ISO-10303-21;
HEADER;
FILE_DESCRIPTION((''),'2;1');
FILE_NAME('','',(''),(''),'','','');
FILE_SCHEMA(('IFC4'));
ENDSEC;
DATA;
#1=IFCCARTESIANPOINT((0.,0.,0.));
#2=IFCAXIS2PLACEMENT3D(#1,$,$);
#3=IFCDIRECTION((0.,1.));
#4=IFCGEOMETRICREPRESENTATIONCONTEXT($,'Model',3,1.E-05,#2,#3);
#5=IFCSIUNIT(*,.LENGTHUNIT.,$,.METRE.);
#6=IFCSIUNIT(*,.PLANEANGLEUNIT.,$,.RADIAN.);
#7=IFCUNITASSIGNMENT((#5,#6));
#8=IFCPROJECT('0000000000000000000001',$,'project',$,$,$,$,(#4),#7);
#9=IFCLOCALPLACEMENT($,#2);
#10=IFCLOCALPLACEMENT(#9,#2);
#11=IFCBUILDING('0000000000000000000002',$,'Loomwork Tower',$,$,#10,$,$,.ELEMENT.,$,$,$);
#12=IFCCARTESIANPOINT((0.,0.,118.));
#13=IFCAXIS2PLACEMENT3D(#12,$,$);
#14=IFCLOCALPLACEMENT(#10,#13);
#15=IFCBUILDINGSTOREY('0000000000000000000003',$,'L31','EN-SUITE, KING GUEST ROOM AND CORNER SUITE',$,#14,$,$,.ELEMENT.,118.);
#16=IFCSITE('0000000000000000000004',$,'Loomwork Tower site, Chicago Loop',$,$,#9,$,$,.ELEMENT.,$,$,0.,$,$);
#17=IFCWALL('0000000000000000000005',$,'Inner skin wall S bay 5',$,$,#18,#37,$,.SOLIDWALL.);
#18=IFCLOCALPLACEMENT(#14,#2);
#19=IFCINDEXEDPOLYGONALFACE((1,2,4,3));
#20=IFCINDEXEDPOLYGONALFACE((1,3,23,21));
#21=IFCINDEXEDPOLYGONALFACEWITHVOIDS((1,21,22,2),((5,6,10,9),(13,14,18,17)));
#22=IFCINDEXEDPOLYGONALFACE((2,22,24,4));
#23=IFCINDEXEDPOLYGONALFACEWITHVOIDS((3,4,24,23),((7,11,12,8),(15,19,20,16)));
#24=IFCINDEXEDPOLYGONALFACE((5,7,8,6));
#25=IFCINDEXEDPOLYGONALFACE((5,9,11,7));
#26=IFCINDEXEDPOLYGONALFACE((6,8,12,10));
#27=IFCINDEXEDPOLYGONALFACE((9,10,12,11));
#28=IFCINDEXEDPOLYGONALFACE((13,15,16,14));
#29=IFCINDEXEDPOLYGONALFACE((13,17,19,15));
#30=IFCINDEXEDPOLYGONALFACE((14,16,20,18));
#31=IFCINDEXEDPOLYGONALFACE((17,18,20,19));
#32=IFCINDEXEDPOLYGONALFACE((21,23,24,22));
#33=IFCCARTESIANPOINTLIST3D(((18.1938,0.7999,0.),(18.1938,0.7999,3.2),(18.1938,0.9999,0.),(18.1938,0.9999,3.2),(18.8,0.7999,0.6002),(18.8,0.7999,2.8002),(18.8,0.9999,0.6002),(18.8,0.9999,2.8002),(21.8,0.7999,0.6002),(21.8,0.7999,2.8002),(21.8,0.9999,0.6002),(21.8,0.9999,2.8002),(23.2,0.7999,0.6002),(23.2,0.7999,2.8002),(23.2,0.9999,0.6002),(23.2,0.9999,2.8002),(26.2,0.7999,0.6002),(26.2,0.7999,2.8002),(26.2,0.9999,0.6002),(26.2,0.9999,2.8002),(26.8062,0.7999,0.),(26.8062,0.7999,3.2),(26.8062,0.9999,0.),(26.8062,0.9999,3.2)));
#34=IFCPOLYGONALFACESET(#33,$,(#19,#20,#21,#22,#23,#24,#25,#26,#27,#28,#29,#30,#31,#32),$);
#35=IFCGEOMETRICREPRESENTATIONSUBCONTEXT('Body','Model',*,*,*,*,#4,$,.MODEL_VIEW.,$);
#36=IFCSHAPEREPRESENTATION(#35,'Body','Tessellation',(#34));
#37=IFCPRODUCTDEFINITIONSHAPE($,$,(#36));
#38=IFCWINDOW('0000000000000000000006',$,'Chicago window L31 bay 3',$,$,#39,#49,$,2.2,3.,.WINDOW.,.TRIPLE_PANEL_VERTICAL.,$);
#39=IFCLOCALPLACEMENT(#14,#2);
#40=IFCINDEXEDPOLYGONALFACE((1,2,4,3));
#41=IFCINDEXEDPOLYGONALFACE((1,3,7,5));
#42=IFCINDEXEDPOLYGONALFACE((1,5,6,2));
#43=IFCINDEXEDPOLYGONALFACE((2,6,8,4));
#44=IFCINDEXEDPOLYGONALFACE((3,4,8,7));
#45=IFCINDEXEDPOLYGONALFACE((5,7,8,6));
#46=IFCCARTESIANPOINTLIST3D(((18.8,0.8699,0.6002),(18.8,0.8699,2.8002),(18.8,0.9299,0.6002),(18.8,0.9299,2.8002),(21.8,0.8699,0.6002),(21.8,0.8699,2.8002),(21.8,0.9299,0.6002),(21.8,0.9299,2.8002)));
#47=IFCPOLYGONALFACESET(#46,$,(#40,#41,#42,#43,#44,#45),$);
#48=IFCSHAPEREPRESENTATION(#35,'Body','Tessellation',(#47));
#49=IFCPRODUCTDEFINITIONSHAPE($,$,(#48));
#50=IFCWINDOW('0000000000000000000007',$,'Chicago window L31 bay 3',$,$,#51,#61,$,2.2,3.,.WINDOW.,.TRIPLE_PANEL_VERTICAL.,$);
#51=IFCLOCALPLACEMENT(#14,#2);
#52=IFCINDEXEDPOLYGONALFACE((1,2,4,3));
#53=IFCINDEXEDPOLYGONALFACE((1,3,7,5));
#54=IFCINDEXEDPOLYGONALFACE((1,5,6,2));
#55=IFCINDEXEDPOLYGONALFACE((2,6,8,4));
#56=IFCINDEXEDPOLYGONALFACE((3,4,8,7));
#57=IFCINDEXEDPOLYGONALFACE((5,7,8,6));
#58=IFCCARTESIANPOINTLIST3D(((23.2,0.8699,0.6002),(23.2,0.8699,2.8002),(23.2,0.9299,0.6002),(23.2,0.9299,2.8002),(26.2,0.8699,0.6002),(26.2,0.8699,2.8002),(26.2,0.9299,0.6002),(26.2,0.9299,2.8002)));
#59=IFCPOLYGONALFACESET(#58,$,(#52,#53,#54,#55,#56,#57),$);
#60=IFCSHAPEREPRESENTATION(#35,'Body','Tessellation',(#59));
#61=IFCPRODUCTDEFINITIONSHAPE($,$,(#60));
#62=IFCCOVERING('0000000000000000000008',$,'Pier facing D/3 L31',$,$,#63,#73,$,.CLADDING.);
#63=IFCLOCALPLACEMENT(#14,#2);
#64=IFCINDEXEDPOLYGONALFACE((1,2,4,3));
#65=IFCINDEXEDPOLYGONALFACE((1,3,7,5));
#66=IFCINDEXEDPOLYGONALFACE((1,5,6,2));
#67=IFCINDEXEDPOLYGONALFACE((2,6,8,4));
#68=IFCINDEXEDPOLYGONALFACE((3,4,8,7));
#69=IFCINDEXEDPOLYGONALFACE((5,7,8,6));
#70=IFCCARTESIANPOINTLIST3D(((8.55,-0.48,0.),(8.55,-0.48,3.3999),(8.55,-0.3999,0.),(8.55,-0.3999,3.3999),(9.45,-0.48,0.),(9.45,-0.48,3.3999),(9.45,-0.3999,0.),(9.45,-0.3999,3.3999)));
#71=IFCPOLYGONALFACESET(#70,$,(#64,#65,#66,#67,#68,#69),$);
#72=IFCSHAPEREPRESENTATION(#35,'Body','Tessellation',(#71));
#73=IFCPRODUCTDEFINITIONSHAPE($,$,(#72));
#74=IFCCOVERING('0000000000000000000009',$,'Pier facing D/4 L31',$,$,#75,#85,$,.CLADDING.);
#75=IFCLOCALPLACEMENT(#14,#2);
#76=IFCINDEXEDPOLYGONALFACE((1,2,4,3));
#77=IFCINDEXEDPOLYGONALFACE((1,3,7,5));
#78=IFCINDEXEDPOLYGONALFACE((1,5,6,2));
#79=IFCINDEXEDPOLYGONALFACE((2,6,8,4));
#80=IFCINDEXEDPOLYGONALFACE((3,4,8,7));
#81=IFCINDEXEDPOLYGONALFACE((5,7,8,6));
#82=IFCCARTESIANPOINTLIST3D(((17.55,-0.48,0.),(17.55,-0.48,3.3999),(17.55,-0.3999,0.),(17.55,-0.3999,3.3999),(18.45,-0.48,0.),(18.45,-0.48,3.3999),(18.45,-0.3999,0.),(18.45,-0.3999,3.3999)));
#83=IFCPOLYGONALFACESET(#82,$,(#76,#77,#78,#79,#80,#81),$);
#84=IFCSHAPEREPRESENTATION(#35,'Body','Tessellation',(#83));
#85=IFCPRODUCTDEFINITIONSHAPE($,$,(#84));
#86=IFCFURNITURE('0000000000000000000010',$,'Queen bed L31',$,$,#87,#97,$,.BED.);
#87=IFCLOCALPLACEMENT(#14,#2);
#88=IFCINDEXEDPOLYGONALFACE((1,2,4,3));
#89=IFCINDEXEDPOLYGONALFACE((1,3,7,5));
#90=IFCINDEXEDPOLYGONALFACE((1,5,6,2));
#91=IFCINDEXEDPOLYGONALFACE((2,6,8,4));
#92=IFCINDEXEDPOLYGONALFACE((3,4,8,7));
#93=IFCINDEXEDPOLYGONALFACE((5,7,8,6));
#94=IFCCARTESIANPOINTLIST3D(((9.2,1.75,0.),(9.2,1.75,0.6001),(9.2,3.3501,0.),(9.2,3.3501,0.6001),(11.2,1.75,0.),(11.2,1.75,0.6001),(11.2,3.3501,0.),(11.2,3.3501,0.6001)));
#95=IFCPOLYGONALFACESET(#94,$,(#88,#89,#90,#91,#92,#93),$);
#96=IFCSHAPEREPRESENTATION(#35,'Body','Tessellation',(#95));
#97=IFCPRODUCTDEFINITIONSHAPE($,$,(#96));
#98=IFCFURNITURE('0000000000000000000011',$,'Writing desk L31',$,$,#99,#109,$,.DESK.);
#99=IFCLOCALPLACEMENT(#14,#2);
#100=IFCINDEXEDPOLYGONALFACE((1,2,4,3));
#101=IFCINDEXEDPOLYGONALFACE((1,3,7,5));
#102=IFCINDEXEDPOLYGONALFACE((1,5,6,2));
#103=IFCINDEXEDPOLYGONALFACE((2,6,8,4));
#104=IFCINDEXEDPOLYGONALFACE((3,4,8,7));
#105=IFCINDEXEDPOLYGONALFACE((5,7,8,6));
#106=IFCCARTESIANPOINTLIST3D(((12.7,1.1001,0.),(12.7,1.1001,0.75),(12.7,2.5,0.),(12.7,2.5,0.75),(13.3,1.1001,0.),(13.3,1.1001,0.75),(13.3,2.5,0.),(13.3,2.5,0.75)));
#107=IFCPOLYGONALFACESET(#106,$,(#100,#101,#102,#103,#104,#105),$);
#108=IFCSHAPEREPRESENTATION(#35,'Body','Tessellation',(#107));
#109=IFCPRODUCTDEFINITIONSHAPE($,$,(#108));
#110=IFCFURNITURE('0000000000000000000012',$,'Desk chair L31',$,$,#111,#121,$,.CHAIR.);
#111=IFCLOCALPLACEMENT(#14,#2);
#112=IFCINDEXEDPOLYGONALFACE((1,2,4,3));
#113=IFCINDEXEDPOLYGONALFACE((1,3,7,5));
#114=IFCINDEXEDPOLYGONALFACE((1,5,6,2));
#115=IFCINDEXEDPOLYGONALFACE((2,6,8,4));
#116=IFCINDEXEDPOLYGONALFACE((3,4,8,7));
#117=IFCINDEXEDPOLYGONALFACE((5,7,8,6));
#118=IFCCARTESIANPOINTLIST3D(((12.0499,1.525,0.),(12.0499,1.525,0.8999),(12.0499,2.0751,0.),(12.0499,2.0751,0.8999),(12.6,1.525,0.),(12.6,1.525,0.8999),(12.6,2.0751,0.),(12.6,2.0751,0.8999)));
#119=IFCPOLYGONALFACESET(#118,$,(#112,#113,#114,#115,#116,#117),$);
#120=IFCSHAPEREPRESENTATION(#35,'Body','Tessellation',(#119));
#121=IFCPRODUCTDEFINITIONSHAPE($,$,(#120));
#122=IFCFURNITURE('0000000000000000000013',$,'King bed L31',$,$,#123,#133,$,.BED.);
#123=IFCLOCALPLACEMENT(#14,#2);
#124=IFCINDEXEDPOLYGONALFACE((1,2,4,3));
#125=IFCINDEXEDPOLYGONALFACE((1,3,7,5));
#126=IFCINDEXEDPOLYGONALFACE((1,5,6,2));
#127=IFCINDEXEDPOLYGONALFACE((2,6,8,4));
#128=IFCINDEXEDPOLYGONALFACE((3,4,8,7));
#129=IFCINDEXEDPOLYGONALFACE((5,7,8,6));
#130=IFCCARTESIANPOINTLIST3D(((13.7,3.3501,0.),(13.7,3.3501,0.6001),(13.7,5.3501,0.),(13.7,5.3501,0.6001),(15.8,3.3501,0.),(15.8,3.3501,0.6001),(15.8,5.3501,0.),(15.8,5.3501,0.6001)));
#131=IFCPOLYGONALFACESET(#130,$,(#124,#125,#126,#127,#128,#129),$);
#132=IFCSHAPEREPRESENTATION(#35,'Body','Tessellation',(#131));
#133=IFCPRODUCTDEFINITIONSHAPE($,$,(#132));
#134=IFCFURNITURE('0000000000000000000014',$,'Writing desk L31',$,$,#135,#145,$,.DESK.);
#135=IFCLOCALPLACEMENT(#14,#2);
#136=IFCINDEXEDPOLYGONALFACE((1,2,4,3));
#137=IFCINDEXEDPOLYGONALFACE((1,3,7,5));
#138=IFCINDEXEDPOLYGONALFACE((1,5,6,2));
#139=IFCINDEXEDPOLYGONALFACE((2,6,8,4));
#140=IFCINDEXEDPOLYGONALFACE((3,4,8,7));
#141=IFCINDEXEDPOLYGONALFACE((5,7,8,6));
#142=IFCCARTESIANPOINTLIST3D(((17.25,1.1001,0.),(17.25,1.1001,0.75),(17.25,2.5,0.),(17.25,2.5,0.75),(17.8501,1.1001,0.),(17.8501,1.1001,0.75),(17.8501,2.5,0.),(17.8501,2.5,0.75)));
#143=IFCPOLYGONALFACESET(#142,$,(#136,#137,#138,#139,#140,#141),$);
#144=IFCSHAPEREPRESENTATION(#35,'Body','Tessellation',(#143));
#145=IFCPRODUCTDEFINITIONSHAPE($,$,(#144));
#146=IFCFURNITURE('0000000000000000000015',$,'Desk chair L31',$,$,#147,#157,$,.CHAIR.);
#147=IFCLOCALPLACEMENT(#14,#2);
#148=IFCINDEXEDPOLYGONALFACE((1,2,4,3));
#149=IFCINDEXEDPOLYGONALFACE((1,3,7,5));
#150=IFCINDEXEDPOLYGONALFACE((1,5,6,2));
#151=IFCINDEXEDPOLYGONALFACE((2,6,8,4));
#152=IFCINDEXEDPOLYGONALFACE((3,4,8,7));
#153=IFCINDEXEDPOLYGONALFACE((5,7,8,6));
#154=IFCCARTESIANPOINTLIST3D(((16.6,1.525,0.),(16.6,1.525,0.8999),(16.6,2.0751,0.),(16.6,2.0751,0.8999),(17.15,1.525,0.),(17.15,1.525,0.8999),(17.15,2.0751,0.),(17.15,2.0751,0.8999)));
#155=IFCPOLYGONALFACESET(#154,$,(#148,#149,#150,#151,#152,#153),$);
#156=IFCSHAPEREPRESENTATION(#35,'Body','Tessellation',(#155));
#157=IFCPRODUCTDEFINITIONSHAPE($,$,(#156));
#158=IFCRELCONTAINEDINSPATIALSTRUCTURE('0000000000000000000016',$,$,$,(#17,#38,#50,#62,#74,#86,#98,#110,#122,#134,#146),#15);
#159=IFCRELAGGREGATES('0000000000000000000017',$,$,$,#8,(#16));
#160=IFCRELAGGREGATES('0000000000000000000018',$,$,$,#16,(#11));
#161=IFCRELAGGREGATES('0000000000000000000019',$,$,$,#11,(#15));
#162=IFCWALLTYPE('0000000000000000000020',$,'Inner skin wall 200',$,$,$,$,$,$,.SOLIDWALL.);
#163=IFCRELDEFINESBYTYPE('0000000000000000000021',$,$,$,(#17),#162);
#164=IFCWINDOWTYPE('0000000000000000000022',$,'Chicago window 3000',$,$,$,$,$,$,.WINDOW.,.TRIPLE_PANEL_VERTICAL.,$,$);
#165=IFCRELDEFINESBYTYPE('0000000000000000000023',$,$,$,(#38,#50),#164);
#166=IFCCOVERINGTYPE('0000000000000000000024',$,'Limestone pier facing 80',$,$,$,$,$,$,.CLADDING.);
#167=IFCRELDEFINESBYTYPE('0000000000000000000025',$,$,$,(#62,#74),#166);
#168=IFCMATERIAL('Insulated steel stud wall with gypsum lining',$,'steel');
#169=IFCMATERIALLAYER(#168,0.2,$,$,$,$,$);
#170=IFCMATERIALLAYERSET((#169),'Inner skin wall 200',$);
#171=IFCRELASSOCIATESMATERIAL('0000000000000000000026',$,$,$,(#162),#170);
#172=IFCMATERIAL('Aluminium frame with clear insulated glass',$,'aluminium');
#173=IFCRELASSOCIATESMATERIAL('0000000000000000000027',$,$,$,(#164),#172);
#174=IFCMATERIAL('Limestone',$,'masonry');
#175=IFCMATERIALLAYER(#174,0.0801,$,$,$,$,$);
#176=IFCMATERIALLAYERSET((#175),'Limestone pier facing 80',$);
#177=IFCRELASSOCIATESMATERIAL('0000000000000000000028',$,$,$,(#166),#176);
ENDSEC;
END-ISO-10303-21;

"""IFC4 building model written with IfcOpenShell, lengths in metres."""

from ifc_helpers import new_model, si_unit, direction, frame, frame_2d, origin, origin_2d, place, context, subcontext, project, spatial, rectangle, extrude, material, layer, layer_set, type_object, element, fill, save


model = new_model("IFC4")

# Units and contexts
model_context = context("Model", 3, precision=1e-05, world=origin(), true_north=direction((0.0, 1.0)))
body_context = subcontext(model_context, "Body", "Model", "MODEL_VIEW")
ifc_project = project(units=[si_unit("LENGTHUNIT", "METRE"), si_unit("PLANEANGLEUNIT", "RADIAN")], contexts=[model_context])

# Site, building, storey
site_placement = place(None, origin())
site = spatial("IfcSite", under=ifc_project, at=site_placement, Name="Loomwork Tower site, Chicago Loop", CompositionType="ELEMENT", RefElevation=0.0)
building_placement = place(site_placement, origin())
building = spatial("IfcBuilding", under=site, at=building_placement, Name="Loomwork Tower", CompositionType="ELEMENT")
storey_placement = place(building_placement, frame((0.0, 0.0, 118.0)))
storey = spatial("IfcBuildingStorey", under=building, at=storey_placement, Name="L31", Description="EN-SUITE, KING GUEST ROOM AND CORNER SUITE", CompositionType="ELEMENT", Elevation=118.0)

# Shared definitions
ifc_material_1 = material(Name="Insulated steel stud wall with gypsum lining", Category="steel")
ifc_layer_1 = layer(ifc_material_1, 0.2)
ifc_layer_set_1 = layer_set([ifc_layer_1], Name="Inner skin wall 200")
wall_type_1 = type_object("IfcWallType", Name="Inner skin wall 200", PredefinedType="SOLIDWALL", material=ifc_layer_set_1)

# Shared definitions
ifc_material_2 = material(Name="Aluminium frame with clear insulated glass", Category="aluminium")
window_type = type_object("IfcWindowType", Name="Chicago window 3000", PartitioningType="TRIPLE_PANEL_VERTICAL", PredefinedType="WINDOW", material=ifc_material_2)

# Wall, openings, windows
wall_1_placement = place(storey_placement, frame((18.1938, 0.8999, 0.0), z_axis=(0.0, 0.0, 1.0), x_axis=(1.0, 0.0, 0.0)))
wall_1 = element("IfcWall", 1, at=wall_1_placement, inside=storey, type_object=wall_type_1, Name="Inner skin wall S bay 5", PredefinedType="SOLIDWALL", context=body_context, shape_type="SweptSolid", body=[
    extrude(rectangle(XDim=8.6123, YDim=0.2, at=frame_2d((4.3062, 0.0))), origin(), (0.0, 0.0, 1.0), 3.2),
])
opening_1_placement = place(wall_1_placement, frame((0.6062, 0.0, 0.6001)))
opening_1 = element("IfcOpeningElement", 2, at=opening_1_placement, cuts=wall_1, PredefinedType="OPENING", context=body_context, shape_type="SweptSolid", body=[
    extrude(rectangle(XDim=3.0, YDim=2.2, at=frame_2d((1.5, 1.1001))), frame((0.0, 0.1099, 0.0), z_axis=(0.0, -1.0, 0.0), x_axis=(1.0, 0.0, 0.0)), (0.0, 0.0, 1.0), 0.22),
])
opening_2_placement = place(wall_1_placement, frame((5.0061, 0.0, 0.6001)))
opening_2 = element("IfcOpeningElement", 3, at=opening_2_placement, cuts=wall_1, PredefinedType="OPENING", context=body_context, shape_type="SweptSolid", body=[
    extrude(rectangle(XDim=3.0, YDim=2.2, at=frame_2d((1.5, 1.1001))), frame((0.0, 0.1099, 0.0), z_axis=(0.0, -1.0, 0.0), x_axis=(1.0, 0.0, 0.0)), (0.0, 0.0, 1.0), 0.22),
])
window_1_placement = place(opening_1_placement, origin())
window_1 = element("IfcWindow", 4, at=window_1_placement, inside=storey, type_object=window_type, Name="Chicago window L31 bay 3", OverallHeight=2.2, OverallWidth=3.0, PartitioningType="TRIPLE_PANEL_VERTICAL", PredefinedType="WINDOW", context=body_context, shape_type="SweptSolid", body=[
    extrude(rectangle(XDim=3.0, YDim=2.2, at=frame_2d((1.5, 1.1001))), frame((0.0, 0.03, 0.0), z_axis=(0.0, -1.0, 0.0), x_axis=(1.0, 0.0, 0.0)), (0.0, 0.0, 1.0), 0.0601),
])
fill(opening_1, window_1)
window_2_placement = place(opening_2_placement, origin())
window_2 = element("IfcWindow", 5, at=window_2_placement, inside=storey, type_object=window_type, Name="Chicago window L31 bay 3", OverallHeight=2.2, OverallWidth=3.0, PartitioningType="TRIPLE_PANEL_VERTICAL", PredefinedType="WINDOW", context=body_context, shape_type="SweptSolid", body=[
    extrude(rectangle(XDim=3.0, YDim=2.2, at=frame_2d((1.5, 1.1001))), frame((0.0, 0.03, 0.0), z_axis=(0.0, -1.0, 0.0), x_axis=(1.0, 0.0, 0.0)), (0.0, 0.0, 1.0), 0.0601),
])
fill(opening_2, window_2)

# Coverings
ifc_material_3 = material(Name="Limestone", Category="masonry")
ifc_layer_2 = layer(ifc_material_3, 0.0801)
ifc_layer_set_2 = layer_set([ifc_layer_2], Name="Limestone pier facing 80")
covering_type = type_object("IfcCoveringType", Name="Limestone pier facing 80", PredefinedType="CLADDING", material=ifc_layer_set_2)
for number, where, z_axis, x_axis, name in (
    (6, (9.0, -0.4399, 0.0), (0.0, 0.0, 1.0), (1.0, 0.0, 0.0), "Pier facing D/3 L31"),
    (7, (18.0, -0.4399, 0.0), (0.0, 0.0, 1.0), (1.0, 0.0, 0.0), "Pier facing D/4 L31"),
):
    element("IfcCovering", number, at=place(storey_placement, frame(where, z_axis=z_axis, x_axis=x_axis)), inside=storey, type_object=covering_type, Name=name, PredefinedType="CLADDING", context=body_context, shape_type="SweptSolid", body=[
        extrude(rectangle(XDim=0.8999, YDim=0.0801, at=origin_2d()), origin(), (0.0, 0.0, 1.0), 3.3999),
    ])

# Furniture
furniture_1_placement = place(storey_placement, frame((10.2, 2.55, 0.0), z_axis=(0.0, 0.0, 1.0), x_axis=(1.0, 0.0, 0.0)))
element("IfcFurniture", 8, at=furniture_1_placement, inside=storey, Name="Queen bed L31", PredefinedType="BED", context=body_context, shape_type="SweptSolid", body=[
    extrude(rectangle(XDim=2.0, YDim=1.6001, at=origin_2d()), origin(), (0.0, 0.0, 1.0), 0.6001),
])
furniture_2_placement = place(storey_placement, frame((13.0, 1.8, 0.0), z_axis=(0.0, 0.0, 1.0), x_axis=(1.0, 0.0, 0.0)))
element("IfcFurniture", 9, at=furniture_2_placement, inside=storey, Name="Writing desk L31", PredefinedType="DESK", context=body_context, shape_type="SweptSolid", body=[
    extrude(rectangle(XDim=0.6001, YDim=1.3999, at=origin_2d()), origin(), (0.0, 0.0, 1.0), 0.75),
])
furniture_3_placement = place(storey_placement, frame((12.325, 1.8, 0.0), z_axis=(0.0, 0.0, 1.0), x_axis=(1.0, 0.0, 0.0)))
element("IfcFurniture", 10, at=furniture_3_placement, inside=storey, Name="Desk chair L31", PredefinedType="CHAIR", context=body_context, shape_type="SweptSolid", body=[
    extrude(rectangle(XDim=0.55, YDim=0.55, at=origin_2d()), origin(), (0.0, 0.0, 1.0), 0.8999),
])
furniture_4_placement = place(storey_placement, frame((14.75, 4.3501, 0.0), z_axis=(0.0, 0.0, 1.0), x_axis=(1.0, 0.0, 0.0)))
element("IfcFurniture", 11, at=furniture_4_placement, inside=storey, Name="King bed L31", PredefinedType="BED", context=body_context, shape_type="SweptSolid", body=[
    extrude(rectangle(XDim=2.1001, YDim=2.0, at=origin_2d()), origin(), (0.0, 0.0, 1.0), 0.6001),
])
furniture_5_placement = place(storey_placement, frame((17.55, 1.8, 0.0), z_axis=(0.0, 0.0, 1.0), x_axis=(1.0, 0.0, 0.0)))
element("IfcFurniture", 12, at=furniture_5_placement, inside=storey, Name="Writing desk L31", PredefinedType="DESK", context=body_context, shape_type="SweptSolid", body=[
    extrude(rectangle(XDim=0.6001, YDim=1.3999, at=origin_2d()), origin(), (0.0, 0.0, 1.0), 0.75),
])
furniture_6_placement = place(storey_placement, frame((16.875, 1.8, 0.0), z_axis=(0.0, 0.0, 1.0), x_axis=(1.0, 0.0, 0.0)))
element("IfcFurniture", 13, at=furniture_6_placement, inside=storey, Name="Desk chair L31", PredefinedType="CHAIR", context=body_context, shape_type="SweptSolid", body=[
    extrude(rectangle(XDim=0.55, YDim=0.55, at=origin_2d()), origin(), (0.0, 0.0, 1.0), 0.8999),
])

save(model, "model.ifc")
